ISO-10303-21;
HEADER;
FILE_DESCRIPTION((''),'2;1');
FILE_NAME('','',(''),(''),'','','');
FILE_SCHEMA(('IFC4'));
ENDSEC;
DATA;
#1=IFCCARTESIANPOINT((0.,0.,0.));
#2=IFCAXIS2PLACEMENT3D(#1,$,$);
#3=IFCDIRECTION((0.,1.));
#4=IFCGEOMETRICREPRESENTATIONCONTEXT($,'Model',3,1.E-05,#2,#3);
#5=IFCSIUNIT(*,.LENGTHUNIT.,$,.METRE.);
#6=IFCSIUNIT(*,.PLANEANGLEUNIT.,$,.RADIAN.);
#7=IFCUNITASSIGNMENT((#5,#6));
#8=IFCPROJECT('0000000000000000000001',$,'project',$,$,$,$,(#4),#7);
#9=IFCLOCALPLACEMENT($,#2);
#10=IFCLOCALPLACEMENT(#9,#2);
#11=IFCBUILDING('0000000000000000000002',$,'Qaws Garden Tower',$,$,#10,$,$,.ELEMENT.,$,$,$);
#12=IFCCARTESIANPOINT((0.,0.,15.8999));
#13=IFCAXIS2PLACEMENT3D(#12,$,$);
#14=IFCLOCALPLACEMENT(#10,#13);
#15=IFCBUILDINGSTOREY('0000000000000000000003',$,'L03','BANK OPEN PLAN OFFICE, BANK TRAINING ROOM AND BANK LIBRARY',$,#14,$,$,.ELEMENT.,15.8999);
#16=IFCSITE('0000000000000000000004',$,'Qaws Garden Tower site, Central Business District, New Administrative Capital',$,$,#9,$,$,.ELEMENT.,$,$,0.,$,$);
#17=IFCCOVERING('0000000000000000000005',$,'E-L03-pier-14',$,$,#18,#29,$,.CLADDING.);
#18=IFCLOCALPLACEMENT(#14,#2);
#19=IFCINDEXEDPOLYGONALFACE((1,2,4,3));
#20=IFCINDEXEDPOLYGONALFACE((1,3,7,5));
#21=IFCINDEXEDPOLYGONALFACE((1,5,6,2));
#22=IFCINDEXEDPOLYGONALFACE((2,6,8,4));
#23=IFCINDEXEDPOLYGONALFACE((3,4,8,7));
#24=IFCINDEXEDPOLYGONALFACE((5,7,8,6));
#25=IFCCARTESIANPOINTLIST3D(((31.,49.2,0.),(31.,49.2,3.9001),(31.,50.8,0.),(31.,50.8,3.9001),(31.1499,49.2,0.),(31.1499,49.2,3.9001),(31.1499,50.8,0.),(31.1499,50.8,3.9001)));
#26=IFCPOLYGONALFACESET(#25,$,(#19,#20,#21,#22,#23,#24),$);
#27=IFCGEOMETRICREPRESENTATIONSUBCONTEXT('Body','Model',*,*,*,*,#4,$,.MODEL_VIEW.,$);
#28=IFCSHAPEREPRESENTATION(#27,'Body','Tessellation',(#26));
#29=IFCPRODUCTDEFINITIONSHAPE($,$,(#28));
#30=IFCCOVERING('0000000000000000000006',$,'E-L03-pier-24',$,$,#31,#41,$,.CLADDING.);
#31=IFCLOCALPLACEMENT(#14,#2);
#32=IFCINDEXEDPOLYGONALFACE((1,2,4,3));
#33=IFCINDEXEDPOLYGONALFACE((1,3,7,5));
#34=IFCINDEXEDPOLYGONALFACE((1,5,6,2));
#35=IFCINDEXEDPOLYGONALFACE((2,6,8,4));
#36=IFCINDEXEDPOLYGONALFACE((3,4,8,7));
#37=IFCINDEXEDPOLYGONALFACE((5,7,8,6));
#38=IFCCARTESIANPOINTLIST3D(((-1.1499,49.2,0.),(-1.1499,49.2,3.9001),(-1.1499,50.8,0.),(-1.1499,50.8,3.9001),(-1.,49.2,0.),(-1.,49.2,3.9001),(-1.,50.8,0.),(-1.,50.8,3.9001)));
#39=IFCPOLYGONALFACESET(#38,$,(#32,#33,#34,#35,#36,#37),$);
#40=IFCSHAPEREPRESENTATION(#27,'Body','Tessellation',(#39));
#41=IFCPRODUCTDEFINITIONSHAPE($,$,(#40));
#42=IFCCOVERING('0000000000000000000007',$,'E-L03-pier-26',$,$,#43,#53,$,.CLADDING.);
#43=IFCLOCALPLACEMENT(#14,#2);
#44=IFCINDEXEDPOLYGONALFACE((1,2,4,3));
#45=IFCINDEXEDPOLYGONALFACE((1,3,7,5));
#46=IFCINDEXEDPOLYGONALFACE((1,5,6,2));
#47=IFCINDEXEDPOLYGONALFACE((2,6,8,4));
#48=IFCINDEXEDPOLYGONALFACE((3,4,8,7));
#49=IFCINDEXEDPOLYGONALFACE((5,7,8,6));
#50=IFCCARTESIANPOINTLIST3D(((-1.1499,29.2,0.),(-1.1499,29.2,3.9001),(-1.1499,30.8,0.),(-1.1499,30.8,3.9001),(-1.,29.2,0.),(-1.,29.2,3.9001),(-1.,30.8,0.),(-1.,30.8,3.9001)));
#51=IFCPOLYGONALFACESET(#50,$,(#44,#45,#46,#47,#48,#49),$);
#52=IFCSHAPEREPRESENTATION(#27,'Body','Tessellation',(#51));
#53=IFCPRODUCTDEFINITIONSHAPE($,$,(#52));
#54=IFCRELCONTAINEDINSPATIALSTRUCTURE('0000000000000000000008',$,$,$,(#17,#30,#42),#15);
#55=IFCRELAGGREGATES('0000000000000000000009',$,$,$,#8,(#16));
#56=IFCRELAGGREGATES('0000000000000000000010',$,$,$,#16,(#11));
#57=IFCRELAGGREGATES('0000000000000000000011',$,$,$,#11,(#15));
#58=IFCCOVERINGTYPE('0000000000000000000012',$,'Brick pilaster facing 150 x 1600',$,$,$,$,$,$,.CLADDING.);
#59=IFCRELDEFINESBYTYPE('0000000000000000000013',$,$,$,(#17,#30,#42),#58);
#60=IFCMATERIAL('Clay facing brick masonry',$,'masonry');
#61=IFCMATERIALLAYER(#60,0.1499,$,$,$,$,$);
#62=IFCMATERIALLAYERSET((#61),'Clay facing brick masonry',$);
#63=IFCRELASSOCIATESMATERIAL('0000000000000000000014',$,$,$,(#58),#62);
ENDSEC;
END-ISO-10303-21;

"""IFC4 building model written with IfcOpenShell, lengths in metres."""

from ifc_helpers import new_model, si_unit, direction, frame, origin, place, context, subcontext, project, spatial, polyline, outline, extrude, material, layer, layer_set, type_object, element, save


model = new_model("IFC4")

# Units and contexts
model_context = context("Model", 3, precision=1e-05, world=origin(), true_north=direction((0.0, 1.0)))
body_context = subcontext(model_context, "Body", "Model", "MODEL_VIEW")
ifc_project = project(units=[si_unit("LENGTHUNIT", "METRE"), si_unit("PLANEANGLEUNIT", "RADIAN")], contexts=[model_context])

# Site, building, storey
site_placement = place(None, origin())
site = spatial("IfcSite", under=ifc_project, at=site_placement, Name="Qaws Garden Tower site, Central Business District, New Administrative Capital", CompositionType="ELEMENT", RefElevation=0.0)
building_placement = place(site_placement, origin())
building = spatial("IfcBuilding", under=site, at=building_placement, Name="Qaws Garden Tower", CompositionType="ELEMENT")
storey_placement = place(building_placement, frame((0.0, 0.0, 15.8999)))
storey = spatial("IfcBuildingStorey", under=building, at=storey_placement, Name="L03", Description="BANK OPEN PLAN OFFICE, BANK TRAINING ROOM AND BANK LIBRARY", CompositionType="ELEMENT", Elevation=15.8999)

# Shared definitions
placement = place(storey_placement, origin())

# Coverings
ifc_material_1 = material(Name="Clay facing brick masonry", Category="masonry")
ifc_layer_1 = layer(ifc_material_1, 0.1499)
ifc_layer_set_1 = layer_set([ifc_layer_1], Name="Clay facing brick masonry")
covering_type = type_object("IfcCoveringType", Name="Brick pilaster facing 150 x 1600", PredefinedType="CLADDING", material=ifc_layer_set_1)
element("IfcCovering", 1, at=placement, inside=storey, type_object=covering_type, Name="E-L03-pier-14", PredefinedType="CLADDING", context=body_context, shape_type="SweptSolid", body=[
    extrude(outline(polyline([(31.0, 49.2), (31.0, 50.8), (31.1499, 50.8), (31.1499, 49.2), (31.0, 49.2)])), origin(), (0.0, 0.0, 1.0), 3.9001),
])
element("IfcCovering", 2, at=placement, inside=storey, type_object=covering_type, Name="E-L03-pier-24", PredefinedType="CLADDING", context=body_context, shape_type="SweptSolid", body=[
    extrude(outline(polyline([(-1.0, 50.8), (-1.0, 49.2), (-1.1499, 49.2), (-1.1499, 50.8), (-1.0, 50.8)])), origin(), (0.0, 0.0, 1.0), 3.9001),
])
element("IfcCovering", 3, at=placement, inside=storey, type_object=covering_type, Name="E-L03-pier-26", PredefinedType="CLADDING", context=body_context, shape_type="SweptSolid", body=[
    extrude(outline(polyline([(-1.0, 30.8), (-1.0, 29.2), (-1.1499, 29.2), (-1.1499, 30.8), (-1.0, 30.8)])), origin(), (0.0, 0.0, 1.0), 3.9001),
])

save(model, "model.ifc")
